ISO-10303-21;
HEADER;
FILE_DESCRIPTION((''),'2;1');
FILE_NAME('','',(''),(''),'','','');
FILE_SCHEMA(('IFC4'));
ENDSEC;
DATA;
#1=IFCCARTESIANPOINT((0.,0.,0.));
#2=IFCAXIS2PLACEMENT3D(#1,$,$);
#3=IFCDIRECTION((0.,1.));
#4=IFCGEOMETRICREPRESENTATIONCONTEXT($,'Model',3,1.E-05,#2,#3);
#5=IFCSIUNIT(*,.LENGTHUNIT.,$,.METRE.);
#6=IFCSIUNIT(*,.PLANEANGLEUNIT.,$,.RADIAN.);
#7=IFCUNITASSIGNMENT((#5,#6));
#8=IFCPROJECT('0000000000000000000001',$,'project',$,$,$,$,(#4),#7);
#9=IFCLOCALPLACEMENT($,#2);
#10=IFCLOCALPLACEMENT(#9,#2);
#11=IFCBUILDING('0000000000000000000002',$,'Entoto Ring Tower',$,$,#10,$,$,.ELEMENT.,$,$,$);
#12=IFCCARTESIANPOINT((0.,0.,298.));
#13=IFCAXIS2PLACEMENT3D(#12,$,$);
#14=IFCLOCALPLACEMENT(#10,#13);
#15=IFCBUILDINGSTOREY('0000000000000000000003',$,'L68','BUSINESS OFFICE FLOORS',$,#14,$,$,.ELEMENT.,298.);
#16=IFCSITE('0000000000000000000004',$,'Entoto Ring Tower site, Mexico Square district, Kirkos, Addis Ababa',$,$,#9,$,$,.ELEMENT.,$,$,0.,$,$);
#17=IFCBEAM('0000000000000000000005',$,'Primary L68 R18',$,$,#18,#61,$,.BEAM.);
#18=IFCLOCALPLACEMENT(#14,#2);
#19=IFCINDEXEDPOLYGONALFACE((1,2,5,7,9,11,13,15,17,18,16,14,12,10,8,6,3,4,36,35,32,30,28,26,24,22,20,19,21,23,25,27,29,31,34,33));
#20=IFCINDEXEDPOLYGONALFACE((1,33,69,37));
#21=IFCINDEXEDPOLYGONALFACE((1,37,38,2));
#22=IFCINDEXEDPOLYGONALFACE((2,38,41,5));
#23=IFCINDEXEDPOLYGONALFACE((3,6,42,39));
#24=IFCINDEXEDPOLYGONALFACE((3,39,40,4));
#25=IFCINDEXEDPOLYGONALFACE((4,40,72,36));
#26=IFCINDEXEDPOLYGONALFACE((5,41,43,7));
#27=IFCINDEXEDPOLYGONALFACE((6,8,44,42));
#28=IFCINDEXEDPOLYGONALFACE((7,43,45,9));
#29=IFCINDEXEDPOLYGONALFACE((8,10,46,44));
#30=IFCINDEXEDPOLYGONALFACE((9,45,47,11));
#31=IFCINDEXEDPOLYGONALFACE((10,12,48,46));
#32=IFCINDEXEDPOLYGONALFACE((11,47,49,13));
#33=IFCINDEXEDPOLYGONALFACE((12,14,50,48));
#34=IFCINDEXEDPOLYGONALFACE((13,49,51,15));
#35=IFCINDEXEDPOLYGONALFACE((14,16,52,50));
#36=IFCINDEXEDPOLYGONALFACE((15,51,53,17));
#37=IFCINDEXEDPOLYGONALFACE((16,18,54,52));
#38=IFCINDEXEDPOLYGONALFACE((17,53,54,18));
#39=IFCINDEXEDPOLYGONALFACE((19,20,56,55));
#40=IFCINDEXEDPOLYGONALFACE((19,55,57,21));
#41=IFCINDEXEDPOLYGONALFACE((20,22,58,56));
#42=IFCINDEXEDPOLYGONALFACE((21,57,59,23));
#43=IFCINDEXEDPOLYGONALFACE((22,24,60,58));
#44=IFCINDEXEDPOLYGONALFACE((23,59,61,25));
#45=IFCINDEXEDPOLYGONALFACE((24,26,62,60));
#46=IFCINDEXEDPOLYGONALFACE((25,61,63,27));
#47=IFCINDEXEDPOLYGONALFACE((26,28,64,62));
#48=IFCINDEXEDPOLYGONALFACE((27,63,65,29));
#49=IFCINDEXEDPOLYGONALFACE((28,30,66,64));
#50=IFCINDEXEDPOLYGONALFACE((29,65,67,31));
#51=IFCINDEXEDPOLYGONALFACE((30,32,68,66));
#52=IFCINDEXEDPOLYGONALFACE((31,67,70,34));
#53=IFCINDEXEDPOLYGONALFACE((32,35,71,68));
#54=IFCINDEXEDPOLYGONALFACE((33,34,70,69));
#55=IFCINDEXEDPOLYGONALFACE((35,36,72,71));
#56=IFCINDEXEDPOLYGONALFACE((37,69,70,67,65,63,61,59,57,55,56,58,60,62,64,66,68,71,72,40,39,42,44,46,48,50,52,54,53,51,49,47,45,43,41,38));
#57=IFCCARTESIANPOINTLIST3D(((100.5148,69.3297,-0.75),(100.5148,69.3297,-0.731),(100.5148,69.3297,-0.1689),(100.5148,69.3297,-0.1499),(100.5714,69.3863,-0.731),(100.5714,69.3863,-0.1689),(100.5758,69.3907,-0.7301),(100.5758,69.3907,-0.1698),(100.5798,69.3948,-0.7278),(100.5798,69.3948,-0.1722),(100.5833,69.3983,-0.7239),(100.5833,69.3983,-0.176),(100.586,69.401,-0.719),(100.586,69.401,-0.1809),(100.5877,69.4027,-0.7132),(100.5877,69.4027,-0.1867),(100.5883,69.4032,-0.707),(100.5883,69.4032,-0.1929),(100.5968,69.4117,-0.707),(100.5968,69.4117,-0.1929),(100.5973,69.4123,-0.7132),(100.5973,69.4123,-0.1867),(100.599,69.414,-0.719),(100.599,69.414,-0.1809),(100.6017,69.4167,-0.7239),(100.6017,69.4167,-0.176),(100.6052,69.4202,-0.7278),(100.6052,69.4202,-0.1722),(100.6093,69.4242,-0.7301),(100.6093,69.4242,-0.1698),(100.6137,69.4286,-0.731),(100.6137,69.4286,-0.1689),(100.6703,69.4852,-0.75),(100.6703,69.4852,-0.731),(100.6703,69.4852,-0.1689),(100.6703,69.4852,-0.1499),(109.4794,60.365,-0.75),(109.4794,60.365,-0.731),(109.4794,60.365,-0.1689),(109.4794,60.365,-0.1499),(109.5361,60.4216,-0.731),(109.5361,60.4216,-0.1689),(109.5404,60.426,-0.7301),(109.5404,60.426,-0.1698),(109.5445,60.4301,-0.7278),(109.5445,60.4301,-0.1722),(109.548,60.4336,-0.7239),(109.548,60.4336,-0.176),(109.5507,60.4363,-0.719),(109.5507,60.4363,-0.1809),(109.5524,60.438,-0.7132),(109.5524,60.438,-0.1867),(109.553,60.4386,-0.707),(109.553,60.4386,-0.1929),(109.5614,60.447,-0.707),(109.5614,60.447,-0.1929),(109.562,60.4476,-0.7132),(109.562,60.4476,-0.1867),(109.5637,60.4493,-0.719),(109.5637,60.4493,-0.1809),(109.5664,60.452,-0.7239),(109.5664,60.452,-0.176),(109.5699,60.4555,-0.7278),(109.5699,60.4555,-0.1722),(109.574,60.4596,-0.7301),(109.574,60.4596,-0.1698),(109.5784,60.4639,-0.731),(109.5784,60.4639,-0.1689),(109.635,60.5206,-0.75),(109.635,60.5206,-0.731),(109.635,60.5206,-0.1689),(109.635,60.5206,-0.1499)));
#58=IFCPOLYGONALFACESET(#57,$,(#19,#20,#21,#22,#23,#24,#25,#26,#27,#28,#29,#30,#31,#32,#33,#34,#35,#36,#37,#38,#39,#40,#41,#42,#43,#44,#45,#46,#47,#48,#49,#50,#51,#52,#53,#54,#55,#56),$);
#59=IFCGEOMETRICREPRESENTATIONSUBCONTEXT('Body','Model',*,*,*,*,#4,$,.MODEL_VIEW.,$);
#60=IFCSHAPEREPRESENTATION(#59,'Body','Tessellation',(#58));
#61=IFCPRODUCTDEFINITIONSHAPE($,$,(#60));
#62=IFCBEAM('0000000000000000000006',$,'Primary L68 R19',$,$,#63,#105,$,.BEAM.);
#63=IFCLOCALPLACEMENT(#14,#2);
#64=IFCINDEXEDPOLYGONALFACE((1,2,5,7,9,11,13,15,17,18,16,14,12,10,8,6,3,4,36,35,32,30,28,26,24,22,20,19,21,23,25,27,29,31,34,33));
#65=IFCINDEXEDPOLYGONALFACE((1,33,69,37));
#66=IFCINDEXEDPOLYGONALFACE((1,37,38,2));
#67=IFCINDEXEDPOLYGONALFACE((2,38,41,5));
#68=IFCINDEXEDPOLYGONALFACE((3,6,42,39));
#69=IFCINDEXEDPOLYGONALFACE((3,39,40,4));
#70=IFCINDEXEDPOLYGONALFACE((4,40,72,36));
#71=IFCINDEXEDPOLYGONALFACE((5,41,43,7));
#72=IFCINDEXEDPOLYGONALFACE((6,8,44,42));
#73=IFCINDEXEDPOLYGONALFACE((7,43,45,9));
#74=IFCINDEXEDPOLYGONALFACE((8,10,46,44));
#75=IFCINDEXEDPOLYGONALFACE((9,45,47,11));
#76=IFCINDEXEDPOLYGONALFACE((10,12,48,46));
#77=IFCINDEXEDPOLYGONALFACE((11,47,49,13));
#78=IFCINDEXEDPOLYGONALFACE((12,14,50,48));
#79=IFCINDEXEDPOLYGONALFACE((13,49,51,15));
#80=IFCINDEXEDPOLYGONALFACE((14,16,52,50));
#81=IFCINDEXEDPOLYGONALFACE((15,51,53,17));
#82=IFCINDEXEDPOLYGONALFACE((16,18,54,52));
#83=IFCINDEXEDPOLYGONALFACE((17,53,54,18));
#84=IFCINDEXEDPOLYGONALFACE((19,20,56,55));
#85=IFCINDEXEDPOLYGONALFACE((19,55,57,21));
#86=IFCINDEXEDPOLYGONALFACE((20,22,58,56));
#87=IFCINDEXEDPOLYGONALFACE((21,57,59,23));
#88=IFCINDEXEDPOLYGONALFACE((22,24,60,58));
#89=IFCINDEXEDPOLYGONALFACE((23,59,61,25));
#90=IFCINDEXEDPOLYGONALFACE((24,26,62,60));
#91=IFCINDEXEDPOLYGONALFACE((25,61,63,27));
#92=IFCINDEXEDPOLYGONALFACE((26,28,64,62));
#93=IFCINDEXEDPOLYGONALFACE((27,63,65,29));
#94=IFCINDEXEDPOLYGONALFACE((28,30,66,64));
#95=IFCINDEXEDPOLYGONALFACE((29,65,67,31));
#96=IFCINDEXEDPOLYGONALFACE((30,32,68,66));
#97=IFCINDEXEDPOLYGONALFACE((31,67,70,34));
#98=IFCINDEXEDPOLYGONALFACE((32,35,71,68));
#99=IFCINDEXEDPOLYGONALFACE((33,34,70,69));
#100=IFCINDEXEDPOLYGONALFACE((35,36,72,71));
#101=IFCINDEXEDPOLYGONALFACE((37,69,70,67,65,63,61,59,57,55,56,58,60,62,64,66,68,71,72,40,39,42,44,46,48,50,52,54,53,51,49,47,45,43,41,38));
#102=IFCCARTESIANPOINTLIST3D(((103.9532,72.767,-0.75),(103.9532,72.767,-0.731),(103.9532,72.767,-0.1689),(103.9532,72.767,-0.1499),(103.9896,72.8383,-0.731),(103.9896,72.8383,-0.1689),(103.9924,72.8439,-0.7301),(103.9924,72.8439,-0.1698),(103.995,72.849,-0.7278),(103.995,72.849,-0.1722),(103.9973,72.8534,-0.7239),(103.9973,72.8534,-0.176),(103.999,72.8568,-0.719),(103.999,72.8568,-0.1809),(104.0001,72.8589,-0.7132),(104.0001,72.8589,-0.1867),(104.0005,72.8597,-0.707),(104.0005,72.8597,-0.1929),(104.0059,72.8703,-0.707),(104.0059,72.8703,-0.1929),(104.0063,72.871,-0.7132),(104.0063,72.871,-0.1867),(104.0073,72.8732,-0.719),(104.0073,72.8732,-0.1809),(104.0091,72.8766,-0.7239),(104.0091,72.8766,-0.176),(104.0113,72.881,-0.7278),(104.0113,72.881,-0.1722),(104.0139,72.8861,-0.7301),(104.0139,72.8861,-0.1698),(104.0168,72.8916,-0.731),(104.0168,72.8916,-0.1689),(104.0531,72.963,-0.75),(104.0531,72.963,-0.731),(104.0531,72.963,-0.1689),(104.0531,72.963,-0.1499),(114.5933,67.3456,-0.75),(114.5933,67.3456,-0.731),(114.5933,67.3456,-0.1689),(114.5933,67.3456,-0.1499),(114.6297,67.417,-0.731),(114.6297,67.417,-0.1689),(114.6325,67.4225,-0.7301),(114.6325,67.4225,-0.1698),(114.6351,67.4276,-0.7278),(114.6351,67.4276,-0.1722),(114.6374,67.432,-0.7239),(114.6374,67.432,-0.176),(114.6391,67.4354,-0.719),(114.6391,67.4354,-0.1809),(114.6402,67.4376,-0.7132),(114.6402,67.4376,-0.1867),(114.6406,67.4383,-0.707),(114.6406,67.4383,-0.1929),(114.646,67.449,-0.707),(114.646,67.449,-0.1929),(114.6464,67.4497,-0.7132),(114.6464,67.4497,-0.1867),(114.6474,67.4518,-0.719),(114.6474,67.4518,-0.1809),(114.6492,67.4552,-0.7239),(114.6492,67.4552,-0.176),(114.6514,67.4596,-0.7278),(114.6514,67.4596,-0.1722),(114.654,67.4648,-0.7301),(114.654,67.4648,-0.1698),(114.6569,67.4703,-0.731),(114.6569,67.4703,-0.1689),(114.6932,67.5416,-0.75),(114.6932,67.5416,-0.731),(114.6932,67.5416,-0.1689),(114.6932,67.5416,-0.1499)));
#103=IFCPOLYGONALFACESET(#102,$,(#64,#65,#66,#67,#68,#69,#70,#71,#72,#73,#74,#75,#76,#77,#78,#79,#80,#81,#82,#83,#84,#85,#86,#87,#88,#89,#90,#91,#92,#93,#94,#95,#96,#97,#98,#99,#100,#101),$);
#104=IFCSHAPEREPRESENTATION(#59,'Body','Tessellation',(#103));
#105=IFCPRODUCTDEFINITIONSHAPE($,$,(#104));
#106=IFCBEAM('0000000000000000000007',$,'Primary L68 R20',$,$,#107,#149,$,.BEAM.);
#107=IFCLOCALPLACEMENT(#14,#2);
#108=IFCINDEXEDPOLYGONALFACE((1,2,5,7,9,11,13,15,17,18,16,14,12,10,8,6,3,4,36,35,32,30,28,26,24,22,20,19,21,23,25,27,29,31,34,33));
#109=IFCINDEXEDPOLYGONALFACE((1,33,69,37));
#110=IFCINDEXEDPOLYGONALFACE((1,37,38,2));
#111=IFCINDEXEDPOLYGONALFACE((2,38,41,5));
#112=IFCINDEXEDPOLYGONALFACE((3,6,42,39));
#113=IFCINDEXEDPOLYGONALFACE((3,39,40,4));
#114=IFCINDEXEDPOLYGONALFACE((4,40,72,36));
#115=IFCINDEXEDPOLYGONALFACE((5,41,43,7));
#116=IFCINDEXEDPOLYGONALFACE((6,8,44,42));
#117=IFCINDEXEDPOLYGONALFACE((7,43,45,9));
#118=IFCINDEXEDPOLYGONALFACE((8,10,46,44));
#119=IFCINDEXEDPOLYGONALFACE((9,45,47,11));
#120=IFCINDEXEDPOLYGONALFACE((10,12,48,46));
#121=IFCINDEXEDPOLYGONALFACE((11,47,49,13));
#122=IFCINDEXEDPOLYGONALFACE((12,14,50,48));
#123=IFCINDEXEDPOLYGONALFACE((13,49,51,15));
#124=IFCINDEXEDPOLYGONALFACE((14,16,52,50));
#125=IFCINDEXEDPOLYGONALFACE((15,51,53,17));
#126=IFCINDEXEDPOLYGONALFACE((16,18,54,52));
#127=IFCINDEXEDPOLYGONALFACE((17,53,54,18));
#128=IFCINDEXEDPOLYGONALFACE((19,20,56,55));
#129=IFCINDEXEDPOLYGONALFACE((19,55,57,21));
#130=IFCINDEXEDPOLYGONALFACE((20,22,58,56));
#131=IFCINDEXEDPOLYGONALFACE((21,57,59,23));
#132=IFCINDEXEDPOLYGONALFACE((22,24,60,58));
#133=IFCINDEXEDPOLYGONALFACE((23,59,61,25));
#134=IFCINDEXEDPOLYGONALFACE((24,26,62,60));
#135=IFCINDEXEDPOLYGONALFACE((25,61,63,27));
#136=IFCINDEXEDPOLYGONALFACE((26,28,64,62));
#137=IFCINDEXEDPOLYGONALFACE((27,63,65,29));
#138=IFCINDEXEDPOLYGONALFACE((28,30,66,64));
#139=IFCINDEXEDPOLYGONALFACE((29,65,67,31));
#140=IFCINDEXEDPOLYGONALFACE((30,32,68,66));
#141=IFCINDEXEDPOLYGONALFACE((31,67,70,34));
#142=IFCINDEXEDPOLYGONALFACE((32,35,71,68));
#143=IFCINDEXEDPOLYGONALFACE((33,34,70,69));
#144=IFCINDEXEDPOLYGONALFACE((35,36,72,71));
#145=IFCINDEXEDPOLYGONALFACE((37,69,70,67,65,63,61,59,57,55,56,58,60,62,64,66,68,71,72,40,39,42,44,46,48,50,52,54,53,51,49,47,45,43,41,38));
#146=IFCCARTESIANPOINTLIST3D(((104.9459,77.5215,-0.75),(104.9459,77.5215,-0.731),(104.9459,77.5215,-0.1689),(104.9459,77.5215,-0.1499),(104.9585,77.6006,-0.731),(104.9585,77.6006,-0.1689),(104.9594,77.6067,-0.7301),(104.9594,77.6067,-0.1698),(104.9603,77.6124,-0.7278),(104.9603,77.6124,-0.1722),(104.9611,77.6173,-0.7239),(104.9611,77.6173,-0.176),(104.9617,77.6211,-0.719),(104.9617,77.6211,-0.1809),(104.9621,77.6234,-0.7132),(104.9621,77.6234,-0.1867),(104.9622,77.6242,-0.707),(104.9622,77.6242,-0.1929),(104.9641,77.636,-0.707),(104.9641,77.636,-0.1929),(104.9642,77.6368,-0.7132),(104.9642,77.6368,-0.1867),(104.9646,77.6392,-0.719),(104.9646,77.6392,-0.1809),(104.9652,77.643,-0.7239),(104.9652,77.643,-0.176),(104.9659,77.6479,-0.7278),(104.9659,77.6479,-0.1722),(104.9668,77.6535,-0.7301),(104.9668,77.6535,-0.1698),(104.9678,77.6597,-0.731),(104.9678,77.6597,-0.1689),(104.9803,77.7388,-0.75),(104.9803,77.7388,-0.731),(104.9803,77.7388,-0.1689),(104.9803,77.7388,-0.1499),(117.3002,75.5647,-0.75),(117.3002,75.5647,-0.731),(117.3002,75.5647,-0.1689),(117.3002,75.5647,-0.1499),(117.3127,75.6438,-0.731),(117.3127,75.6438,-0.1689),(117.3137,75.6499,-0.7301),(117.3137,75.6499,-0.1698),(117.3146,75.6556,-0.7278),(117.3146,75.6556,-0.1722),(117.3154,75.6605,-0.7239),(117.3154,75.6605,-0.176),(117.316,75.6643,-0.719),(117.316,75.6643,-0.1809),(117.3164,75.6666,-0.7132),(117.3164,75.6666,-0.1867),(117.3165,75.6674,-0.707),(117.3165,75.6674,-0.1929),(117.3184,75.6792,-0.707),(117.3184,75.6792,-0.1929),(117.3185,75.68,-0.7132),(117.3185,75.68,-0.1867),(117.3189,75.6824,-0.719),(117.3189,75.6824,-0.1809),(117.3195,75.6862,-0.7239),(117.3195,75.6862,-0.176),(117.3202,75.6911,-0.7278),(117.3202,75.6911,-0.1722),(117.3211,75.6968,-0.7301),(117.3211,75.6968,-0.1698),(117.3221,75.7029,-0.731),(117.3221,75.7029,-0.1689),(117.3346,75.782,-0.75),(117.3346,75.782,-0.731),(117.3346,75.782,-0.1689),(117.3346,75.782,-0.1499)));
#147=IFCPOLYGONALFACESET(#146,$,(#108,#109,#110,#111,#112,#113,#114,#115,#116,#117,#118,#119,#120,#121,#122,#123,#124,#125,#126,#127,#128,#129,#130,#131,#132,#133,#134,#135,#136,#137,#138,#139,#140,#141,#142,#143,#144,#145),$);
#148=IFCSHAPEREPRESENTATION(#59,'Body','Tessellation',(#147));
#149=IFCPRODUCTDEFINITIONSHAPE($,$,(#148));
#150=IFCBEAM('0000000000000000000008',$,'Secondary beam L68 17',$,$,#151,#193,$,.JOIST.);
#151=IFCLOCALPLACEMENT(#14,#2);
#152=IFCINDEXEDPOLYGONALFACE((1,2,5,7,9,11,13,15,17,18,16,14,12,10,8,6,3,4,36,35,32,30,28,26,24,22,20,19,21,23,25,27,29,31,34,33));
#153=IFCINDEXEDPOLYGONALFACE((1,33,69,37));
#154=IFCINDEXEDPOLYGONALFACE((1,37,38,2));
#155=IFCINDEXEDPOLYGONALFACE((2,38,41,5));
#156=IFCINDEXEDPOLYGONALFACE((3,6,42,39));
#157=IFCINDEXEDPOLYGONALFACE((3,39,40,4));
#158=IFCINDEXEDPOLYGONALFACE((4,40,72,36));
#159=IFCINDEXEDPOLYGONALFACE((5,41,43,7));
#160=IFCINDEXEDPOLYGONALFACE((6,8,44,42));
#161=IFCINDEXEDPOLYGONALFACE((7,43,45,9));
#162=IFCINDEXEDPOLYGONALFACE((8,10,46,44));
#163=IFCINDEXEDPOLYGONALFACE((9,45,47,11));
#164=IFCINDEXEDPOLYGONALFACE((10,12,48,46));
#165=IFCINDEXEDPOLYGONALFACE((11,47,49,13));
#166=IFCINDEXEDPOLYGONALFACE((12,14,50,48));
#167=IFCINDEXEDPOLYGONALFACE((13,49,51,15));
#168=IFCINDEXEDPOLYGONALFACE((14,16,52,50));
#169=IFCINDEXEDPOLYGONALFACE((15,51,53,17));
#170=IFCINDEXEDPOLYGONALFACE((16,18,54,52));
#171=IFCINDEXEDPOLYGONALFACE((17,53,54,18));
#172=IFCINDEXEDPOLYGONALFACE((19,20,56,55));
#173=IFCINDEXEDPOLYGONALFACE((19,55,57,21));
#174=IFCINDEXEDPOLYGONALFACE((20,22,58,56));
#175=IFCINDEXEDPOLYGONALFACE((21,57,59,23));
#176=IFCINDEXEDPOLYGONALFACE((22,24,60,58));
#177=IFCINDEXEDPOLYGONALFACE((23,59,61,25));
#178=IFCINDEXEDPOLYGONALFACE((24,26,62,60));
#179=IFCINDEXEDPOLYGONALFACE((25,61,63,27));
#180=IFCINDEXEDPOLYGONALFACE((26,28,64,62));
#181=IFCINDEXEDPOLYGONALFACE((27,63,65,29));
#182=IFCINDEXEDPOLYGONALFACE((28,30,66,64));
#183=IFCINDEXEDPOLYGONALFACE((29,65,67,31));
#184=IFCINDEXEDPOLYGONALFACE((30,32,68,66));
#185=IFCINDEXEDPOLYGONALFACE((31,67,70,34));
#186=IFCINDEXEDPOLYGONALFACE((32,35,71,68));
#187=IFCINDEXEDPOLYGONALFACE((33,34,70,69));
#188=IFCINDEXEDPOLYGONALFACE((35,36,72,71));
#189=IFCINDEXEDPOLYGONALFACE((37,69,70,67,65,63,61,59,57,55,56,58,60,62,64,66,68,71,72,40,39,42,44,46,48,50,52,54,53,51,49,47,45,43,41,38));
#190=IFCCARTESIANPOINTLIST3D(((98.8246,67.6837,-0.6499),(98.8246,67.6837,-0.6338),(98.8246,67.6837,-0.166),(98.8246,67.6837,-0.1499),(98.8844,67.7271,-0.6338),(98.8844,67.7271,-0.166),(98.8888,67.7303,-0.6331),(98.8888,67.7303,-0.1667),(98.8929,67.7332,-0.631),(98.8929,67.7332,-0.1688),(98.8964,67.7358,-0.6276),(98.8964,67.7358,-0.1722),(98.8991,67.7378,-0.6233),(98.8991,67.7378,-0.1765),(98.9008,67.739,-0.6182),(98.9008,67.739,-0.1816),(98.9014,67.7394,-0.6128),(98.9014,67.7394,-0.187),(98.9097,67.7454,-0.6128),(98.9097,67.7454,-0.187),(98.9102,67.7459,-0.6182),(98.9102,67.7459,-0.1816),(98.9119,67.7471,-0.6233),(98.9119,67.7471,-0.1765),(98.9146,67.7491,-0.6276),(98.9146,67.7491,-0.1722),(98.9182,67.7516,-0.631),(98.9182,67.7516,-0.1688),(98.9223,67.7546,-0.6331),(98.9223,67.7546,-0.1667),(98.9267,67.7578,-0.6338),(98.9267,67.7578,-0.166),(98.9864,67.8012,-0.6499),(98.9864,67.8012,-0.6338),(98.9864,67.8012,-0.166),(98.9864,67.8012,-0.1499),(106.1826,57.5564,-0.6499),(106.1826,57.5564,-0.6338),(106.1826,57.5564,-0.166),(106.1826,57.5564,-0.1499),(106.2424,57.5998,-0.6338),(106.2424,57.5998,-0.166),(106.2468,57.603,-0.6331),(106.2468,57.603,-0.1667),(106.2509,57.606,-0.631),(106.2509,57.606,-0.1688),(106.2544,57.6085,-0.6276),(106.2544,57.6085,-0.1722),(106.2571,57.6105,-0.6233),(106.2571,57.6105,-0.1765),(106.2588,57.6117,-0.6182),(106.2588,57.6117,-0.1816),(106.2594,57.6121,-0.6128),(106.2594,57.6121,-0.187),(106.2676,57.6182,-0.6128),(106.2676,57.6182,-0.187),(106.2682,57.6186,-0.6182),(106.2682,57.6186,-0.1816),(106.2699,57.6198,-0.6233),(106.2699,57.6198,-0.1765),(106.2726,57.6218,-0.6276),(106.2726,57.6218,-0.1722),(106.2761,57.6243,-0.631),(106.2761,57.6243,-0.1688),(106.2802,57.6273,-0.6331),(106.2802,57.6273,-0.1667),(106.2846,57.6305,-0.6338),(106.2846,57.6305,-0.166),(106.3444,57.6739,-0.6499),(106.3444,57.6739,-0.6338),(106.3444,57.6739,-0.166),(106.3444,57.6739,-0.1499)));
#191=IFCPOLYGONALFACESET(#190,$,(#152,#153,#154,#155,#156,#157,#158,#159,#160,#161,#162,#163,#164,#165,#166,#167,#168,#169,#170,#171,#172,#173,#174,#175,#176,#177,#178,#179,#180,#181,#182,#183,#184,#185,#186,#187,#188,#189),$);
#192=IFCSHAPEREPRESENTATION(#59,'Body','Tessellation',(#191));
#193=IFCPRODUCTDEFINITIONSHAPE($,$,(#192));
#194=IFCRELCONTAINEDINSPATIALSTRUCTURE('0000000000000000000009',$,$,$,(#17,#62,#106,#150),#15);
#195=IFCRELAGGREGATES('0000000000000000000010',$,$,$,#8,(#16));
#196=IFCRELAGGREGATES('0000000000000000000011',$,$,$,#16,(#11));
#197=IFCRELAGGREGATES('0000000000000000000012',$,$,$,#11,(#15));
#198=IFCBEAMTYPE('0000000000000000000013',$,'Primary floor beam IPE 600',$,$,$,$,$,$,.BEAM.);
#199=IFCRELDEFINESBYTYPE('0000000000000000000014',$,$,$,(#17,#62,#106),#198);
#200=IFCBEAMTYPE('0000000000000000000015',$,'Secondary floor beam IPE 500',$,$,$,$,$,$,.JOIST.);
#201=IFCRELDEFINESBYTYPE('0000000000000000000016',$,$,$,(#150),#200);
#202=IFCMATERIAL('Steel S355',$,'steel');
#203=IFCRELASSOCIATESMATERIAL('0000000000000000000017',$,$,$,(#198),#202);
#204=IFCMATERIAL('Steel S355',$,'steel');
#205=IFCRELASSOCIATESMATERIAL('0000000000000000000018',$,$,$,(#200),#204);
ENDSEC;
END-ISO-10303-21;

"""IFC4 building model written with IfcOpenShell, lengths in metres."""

from ifc_helpers import new_model, si_unit, direction, frame, origin, origin_2d, place, context, subcontext, project, spatial, i_section, extrude, material, material_profile, profile_set, type_object, element, save


model = new_model("IFC4")

# Units and contexts
model_context = context("Model", 3, precision=1e-05, world=origin(), true_north=direction((0.0, 1.0)))
body_context = subcontext(model_context, "Body", "Model", "MODEL_VIEW")
ifc_project = project(units=[si_unit("LENGTHUNIT", "METRE"), si_unit("PLANEANGLEUNIT", "RADIAN")], contexts=[model_context])

# Site, building, storey
site_placement = place(None, origin())
site = spatial("IfcSite", under=ifc_project, at=site_placement, Name="Entoto Ring Tower site, Mexico Square district, Kirkos, Addis Ababa", CompositionType="ELEMENT", RefElevation=0.0)
building_placement = place(site_placement, origin())
building = spatial("IfcBuilding", under=site, at=building_placement, Name="Entoto Ring Tower", CompositionType="ELEMENT")
storey_placement = place(building_placement, frame((0.0, 0.0, 298.0)))
storey = spatial("IfcBuildingStorey", under=building, at=storey_placement, Name="L68", Description="BUSINESS OFFICE FLOORS", CompositionType="ELEMENT", Elevation=298.0)

# Beams
ifc_material_1 = material(Name="Steel S355", Category="steel")
ifc_material_profile_1 = material_profile(ifc_material_1, i_section(OverallWidth=0.22, OverallDepth=0.6001, WebThickness=0.012, FlangeThickness=0.019, FilletRadius=0.0239, at=origin_2d()), Name="IPE 600")
ifc_profile_set_1 = profile_set([ifc_material_profile_1], Name="Steel S355")
beam_type_1 = type_object("IfcBeamType", Name="Primary floor beam IPE 600", PredefinedType="BEAM", material=ifc_profile_set_1)
beam_1_placement = place(storey_placement, frame((100.5925, 69.4075, -0.45), z_axis=(0.707107, -0.707107, 0.0), x_axis=(0.707107, 0.707107, 0.0)))
element("IfcBeam", 1, at=beam_1_placement, inside=storey, type_object=beam_type_1, Name="Primary L68 R18", PredefinedType="BEAM", context=body_context, shape_type="SweptSolid", body=[
    extrude(i_section(OverallWidth=0.22, OverallDepth=0.6001, WebThickness=0.012, FlangeThickness=0.019, FilletRadius=0.0239, at=origin_2d()), origin(), (0.0, 0.0, 1.0), 12.678),
])
beam_2_placement = place(storey_placement, frame((104.0032, 72.865, -0.45), z_axis=(0.891008, -0.453988, 0.0), x_axis=(0.453988, 0.891008, 0.0)))
element("IfcBeam", 2, at=beam_2_placement, inside=storey, type_object=beam_type_1, Name="Primary L68 R19", PredefinedType="BEAM", context=body_context, shape_type="SweptSolid", body=[
    extrude(i_section(OverallWidth=0.22, OverallDepth=0.6001, WebThickness=0.012, FlangeThickness=0.019, FilletRadius=0.0239, at=origin_2d()), origin(), (0.0, 0.0, 1.0), 11.9417),
])
beam_3_placement = place(storey_placement, frame((104.9631, 77.6301, -0.45), z_axis=(0.987688, -0.15644, 0.0), x_axis=(0.15644, 0.987688, 0.0)))
element("IfcBeam", 3, at=beam_3_placement, inside=storey, type_object=beam_type_1, Name="Primary L68 R20", PredefinedType="BEAM", context=body_context, shape_type="SweptSolid", body=[
    extrude(i_section(OverallWidth=0.22, OverallDepth=0.6001, WebThickness=0.012, FlangeThickness=0.019, FilletRadius=0.0239, at=origin_2d()), origin(), (0.0, 0.0, 1.0), 12.5083),
])
ifc_material_2 = material(Name="Steel S355", Category="steel")
ifc_material_profile_2 = material_profile(ifc_material_2, i_section(OverallWidth=0.2, OverallDepth=0.5, WebThickness=0.0103, FlangeThickness=0.0161, FilletRadius=0.021, at=origin_2d()), Name="IPE 500")
ifc_profile_set_2 = profile_set([ifc_material_profile_2], Name="Steel S355")
beam_type_2 = type_object("IfcBeamType", Name="Secondary floor beam IPE 500", PredefinedType="JOIST", material=ifc_profile_set_2)
for number, where, z_axis, x_axis, name in (
    (4, (98.9055, 67.7424, -0.3999), (0.587789, -0.809014, 0.0), (0.809014, 0.587789, 0.0), "Secondary beam L68 17"),
):
    element("IfcBeam", number, at=place(storey_placement, frame(where, z_axis=z_axis, x_axis=x_axis)), inside=storey, type_object=beam_type_2, Name=name, PredefinedType="JOIST", context=body_context, shape_type="SweptSolid", body=[
        extrude(i_section(OverallWidth=0.2, OverallDepth=0.5, WebThickness=0.0103, FlangeThickness=0.0161, FilletRadius=0.021, at=origin_2d()), origin(), (0.0, 0.0, 1.0), 12.5181),
    ])

save(model, "model.ifc")
